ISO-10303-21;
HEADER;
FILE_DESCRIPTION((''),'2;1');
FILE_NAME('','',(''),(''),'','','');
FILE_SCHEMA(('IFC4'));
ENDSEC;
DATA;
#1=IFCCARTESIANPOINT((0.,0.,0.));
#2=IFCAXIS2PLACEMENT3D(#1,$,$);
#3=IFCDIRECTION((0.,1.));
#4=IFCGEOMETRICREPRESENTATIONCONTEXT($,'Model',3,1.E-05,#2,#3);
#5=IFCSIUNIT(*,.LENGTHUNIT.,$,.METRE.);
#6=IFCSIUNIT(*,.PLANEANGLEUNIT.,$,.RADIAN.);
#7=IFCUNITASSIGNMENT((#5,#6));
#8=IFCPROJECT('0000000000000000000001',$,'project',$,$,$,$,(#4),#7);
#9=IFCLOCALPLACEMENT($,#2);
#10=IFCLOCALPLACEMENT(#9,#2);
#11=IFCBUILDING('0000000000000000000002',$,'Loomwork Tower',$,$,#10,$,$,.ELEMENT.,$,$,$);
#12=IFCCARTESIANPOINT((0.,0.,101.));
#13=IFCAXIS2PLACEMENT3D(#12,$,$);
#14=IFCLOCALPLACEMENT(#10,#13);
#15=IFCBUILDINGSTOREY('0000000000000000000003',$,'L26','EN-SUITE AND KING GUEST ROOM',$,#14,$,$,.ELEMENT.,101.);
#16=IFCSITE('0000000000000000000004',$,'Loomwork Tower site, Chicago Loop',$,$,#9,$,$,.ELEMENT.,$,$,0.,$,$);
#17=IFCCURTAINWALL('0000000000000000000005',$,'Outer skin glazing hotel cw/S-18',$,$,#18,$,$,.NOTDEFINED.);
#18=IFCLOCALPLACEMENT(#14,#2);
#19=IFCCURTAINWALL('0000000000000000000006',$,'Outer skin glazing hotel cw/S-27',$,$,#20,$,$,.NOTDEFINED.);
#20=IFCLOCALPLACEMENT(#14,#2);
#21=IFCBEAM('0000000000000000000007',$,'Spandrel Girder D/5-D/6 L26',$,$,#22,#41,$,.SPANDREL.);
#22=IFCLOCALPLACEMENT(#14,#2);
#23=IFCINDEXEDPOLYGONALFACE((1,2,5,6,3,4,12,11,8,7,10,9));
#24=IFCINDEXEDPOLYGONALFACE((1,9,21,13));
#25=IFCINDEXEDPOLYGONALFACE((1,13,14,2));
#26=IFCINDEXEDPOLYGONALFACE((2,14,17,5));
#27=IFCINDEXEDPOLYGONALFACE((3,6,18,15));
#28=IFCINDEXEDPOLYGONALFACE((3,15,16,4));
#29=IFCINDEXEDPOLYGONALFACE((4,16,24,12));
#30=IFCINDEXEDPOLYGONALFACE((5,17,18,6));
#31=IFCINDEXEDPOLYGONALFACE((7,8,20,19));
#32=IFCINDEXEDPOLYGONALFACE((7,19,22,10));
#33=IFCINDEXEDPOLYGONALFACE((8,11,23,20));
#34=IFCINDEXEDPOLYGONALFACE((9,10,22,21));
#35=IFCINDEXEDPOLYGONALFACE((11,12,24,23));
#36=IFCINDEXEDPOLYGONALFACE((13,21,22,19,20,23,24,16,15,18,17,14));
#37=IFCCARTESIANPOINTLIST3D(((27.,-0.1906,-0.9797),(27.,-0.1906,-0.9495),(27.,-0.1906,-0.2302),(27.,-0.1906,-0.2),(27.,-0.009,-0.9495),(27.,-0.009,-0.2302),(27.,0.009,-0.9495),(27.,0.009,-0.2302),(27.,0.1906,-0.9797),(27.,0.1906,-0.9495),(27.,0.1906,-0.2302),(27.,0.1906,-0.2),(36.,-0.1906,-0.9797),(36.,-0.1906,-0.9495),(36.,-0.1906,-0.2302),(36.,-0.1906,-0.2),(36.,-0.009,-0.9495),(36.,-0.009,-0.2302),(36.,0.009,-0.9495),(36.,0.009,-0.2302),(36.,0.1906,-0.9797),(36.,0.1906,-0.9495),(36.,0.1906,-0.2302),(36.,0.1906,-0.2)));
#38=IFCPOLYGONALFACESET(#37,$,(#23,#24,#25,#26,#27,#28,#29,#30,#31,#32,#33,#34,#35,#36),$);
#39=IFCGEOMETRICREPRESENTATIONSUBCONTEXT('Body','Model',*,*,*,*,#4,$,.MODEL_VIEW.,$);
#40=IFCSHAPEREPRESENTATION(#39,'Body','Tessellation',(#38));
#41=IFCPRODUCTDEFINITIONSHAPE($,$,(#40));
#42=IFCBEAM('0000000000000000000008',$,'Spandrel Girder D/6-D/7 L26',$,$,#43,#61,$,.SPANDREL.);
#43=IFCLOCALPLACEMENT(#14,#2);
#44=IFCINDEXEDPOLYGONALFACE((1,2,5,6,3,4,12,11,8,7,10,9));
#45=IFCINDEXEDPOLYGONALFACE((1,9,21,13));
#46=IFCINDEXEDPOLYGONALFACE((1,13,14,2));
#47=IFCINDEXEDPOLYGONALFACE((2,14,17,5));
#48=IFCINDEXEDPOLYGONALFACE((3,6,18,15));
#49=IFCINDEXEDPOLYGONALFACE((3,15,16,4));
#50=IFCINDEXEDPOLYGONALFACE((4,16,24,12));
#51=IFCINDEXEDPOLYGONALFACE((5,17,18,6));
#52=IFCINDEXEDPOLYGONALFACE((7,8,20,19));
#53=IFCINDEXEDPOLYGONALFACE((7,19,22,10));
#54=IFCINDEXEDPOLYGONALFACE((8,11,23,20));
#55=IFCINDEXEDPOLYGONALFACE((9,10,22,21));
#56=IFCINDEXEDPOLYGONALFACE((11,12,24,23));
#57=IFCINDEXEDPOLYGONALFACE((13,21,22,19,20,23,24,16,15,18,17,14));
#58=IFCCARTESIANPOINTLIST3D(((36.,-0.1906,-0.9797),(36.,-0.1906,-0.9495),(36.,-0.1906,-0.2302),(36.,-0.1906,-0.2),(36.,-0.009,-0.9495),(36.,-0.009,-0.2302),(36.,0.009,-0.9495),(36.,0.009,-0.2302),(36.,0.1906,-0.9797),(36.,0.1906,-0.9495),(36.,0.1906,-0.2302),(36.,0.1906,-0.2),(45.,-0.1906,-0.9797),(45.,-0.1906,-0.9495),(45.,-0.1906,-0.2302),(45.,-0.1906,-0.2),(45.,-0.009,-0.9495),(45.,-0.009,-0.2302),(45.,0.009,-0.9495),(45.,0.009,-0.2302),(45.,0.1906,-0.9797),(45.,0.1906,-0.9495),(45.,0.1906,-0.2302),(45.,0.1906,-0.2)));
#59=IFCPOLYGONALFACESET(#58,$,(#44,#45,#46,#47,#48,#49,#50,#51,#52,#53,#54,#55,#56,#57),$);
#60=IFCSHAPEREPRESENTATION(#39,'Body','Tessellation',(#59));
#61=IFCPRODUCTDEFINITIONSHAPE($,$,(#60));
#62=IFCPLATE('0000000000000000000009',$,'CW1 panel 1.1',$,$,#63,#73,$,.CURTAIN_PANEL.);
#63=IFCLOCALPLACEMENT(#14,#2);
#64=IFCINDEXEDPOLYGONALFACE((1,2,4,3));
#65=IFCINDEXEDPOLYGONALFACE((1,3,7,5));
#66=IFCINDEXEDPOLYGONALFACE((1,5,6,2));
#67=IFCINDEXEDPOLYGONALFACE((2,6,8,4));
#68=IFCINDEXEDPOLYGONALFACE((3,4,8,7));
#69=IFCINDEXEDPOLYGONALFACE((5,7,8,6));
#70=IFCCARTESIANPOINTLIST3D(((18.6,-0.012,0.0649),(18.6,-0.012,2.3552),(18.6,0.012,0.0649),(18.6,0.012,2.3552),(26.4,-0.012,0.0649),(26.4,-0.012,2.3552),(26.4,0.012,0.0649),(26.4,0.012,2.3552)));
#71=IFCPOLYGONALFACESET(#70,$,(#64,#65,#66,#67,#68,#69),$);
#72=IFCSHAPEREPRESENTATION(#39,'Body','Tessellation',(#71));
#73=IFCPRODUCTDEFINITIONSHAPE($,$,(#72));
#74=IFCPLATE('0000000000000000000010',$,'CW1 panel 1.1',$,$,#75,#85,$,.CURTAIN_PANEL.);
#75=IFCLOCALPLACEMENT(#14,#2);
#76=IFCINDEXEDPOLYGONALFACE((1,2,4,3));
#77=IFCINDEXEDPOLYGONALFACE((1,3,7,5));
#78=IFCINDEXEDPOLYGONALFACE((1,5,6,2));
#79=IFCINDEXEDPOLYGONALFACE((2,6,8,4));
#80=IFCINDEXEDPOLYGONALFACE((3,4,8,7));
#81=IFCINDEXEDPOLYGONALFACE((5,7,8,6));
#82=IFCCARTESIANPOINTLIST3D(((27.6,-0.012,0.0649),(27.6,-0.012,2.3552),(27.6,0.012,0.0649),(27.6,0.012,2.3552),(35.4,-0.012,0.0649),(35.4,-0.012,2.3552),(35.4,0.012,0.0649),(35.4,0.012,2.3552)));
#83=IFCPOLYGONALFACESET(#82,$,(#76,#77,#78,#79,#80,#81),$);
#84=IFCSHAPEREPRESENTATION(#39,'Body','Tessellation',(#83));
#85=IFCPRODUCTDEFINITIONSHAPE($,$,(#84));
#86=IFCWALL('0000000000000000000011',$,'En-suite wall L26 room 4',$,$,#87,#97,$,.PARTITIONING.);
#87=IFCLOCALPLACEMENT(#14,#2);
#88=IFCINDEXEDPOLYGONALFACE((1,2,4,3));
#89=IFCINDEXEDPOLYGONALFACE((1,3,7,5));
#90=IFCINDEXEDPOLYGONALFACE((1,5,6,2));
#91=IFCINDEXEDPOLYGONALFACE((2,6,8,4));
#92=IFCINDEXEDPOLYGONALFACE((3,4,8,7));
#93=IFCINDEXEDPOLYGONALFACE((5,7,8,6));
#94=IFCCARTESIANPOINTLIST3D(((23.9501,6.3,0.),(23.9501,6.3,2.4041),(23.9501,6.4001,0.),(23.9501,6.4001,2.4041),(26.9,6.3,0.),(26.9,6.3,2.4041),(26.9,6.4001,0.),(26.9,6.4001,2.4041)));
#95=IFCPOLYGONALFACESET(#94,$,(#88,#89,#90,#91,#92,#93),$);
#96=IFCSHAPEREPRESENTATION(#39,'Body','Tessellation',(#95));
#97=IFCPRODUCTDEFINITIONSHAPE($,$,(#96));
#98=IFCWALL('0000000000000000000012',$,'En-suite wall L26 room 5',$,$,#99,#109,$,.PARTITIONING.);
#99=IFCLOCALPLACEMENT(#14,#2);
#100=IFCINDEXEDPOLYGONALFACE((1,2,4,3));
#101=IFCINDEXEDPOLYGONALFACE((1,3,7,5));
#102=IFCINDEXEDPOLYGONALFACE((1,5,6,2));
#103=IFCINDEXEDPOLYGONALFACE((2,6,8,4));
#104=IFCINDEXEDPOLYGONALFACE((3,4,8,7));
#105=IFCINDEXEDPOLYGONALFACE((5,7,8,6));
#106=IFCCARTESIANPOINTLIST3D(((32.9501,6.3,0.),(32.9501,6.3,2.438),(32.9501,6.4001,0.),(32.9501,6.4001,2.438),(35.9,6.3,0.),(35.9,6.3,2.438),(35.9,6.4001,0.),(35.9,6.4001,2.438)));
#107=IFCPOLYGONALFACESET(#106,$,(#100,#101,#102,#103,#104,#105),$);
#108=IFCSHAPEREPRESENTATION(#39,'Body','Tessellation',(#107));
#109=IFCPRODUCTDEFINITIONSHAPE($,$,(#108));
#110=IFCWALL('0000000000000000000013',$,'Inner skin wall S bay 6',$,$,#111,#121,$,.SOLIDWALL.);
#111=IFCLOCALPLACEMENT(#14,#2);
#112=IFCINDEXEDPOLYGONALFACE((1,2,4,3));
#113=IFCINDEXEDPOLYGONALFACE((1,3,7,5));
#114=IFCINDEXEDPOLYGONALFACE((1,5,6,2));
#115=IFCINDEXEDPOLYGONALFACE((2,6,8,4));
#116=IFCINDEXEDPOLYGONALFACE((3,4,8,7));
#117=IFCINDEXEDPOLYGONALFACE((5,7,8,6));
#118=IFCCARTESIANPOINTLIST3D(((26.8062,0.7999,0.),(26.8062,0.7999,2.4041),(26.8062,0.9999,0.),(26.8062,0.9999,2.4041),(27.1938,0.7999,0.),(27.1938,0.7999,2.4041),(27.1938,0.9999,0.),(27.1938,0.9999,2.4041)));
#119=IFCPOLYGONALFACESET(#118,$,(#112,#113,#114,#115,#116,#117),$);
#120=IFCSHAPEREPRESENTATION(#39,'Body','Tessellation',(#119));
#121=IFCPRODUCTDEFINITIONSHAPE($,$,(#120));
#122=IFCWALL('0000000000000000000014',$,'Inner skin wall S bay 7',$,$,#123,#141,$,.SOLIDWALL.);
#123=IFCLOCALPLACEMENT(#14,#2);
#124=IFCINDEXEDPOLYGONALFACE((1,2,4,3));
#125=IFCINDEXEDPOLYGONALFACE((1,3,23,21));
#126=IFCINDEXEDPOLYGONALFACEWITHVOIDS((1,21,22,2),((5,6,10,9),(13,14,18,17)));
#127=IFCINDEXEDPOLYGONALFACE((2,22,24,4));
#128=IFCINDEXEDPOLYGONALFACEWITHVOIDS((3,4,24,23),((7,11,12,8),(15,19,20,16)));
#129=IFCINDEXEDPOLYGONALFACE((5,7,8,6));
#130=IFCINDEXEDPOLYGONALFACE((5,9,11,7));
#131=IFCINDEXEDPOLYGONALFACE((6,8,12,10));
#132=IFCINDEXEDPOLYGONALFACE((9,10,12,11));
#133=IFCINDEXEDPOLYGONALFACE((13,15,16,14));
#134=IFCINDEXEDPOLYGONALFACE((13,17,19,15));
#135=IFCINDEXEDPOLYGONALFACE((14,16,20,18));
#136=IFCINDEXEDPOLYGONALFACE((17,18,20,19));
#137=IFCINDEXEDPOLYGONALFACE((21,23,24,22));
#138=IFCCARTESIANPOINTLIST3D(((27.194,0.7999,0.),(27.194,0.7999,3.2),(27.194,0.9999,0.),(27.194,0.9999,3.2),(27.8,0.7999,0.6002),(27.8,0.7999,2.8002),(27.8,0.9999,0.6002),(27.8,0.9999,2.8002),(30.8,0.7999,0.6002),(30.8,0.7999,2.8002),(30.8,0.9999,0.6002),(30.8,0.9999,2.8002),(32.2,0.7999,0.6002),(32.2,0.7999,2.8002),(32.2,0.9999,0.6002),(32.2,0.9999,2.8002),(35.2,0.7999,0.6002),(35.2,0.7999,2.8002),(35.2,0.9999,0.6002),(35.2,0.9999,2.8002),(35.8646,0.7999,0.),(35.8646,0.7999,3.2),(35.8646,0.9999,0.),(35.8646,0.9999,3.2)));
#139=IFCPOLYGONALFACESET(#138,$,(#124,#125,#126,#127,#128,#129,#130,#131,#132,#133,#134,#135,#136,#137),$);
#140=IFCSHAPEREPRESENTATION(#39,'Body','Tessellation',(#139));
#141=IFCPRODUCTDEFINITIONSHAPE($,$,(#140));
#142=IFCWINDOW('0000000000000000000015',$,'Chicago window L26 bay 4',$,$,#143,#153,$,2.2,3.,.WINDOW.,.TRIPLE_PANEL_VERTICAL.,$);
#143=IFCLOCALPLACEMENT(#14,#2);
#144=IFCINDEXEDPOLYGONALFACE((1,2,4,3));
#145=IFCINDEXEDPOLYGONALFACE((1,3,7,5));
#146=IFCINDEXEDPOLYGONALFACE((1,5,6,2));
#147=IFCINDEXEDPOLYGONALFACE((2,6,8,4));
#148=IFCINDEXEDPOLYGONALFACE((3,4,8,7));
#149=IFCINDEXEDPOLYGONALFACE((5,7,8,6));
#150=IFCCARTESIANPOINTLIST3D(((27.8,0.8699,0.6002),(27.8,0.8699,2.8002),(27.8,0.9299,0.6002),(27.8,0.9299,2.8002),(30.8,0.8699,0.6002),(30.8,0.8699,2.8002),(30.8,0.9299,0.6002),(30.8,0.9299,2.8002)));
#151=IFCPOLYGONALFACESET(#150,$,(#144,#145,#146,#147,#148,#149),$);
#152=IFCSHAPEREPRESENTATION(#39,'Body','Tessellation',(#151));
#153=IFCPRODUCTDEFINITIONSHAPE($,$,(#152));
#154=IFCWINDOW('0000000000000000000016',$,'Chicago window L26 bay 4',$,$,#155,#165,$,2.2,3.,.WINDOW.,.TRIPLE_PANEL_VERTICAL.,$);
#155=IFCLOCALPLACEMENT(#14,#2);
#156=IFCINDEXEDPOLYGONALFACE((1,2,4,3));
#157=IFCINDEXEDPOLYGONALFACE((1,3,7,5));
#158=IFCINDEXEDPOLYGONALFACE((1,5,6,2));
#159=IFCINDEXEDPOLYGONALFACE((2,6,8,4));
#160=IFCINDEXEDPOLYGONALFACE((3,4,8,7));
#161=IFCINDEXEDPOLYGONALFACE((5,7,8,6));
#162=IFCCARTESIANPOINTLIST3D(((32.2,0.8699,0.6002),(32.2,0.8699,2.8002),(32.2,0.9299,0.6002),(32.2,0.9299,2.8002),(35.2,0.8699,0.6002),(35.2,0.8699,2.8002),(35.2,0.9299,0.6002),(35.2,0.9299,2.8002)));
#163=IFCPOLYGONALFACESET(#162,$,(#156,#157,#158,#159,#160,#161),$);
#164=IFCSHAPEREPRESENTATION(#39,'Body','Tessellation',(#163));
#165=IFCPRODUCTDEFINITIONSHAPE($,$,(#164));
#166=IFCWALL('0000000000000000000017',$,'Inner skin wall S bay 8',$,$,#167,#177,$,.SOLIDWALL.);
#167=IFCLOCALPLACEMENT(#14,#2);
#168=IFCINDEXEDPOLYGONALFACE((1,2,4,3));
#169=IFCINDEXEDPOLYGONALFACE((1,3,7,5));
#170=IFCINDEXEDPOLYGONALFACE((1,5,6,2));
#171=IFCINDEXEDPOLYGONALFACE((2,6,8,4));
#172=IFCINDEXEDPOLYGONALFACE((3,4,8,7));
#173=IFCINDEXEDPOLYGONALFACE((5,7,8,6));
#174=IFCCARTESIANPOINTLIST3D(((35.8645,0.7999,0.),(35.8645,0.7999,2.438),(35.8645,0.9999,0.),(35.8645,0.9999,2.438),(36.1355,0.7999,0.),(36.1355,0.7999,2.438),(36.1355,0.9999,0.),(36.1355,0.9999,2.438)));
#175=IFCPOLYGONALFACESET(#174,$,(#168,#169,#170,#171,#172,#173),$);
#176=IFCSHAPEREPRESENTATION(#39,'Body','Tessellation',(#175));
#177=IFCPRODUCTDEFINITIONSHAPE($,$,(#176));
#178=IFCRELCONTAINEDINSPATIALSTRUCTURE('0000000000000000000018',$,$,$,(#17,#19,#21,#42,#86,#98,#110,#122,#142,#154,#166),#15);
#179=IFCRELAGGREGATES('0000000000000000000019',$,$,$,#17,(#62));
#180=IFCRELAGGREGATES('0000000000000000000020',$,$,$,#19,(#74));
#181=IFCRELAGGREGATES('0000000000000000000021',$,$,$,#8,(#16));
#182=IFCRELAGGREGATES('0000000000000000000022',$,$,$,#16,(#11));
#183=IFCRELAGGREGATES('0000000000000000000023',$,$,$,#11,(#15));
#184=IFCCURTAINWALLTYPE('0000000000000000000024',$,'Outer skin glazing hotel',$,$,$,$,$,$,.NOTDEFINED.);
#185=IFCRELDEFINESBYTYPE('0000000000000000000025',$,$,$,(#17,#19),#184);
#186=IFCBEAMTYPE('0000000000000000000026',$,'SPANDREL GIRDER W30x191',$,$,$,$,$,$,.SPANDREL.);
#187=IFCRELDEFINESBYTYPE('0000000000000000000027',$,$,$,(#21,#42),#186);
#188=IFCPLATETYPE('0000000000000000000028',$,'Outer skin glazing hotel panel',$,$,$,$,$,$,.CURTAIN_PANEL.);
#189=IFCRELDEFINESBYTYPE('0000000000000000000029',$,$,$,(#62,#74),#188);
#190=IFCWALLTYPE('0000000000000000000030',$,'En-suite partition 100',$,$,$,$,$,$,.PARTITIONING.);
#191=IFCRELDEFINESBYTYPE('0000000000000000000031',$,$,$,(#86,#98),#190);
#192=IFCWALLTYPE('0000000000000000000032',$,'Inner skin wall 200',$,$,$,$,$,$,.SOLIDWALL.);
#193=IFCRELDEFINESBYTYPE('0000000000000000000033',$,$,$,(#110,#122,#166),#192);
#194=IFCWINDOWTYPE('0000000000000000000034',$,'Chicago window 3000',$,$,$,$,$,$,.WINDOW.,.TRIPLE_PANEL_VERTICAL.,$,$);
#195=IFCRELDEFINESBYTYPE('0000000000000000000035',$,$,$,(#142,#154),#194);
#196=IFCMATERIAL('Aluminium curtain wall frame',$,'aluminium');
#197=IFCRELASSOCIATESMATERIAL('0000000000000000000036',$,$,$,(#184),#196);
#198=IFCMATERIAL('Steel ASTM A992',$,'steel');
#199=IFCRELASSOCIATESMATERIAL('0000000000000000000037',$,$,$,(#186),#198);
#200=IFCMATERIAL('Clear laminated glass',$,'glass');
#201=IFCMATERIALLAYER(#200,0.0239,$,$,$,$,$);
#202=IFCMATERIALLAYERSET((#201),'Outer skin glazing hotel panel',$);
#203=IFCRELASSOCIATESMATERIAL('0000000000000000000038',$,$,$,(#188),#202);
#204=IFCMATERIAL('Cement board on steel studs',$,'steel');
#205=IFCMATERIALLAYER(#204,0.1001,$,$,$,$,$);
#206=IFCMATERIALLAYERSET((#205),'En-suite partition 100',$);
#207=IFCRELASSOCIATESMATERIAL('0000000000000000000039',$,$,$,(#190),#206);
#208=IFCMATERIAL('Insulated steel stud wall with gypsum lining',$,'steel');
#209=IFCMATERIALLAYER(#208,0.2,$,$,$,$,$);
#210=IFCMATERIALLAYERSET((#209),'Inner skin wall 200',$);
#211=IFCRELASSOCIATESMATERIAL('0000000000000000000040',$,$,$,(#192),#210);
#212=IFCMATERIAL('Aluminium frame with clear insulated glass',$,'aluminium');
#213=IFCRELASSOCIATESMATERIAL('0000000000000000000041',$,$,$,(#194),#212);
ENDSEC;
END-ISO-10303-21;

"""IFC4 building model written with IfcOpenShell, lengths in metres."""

from ifc_helpers import new_model, si_unit, direction, frame, frame_2d, origin, origin_2d, place, context, subcontext, project, spatial, rectangle, i_section, extrude, material, layer, layer_set, material_profile, profile_set, type_object, element, fill, aggregate, save


model = new_model("IFC4")

# Units and contexts
model_context = context("Model", 3, precision=1e-05, world=origin(), true_north=direction((0.0, 1.0)))
body_context = subcontext(model_context, "Body", "Model", "MODEL_VIEW")
ifc_project = project(units=[si_unit("LENGTHUNIT", "METRE"), si_unit("PLANEANGLEUNIT", "RADIAN")], contexts=[model_context])

# Site, building, storey
site_placement = place(None, origin())
site = spatial("IfcSite", under=ifc_project, at=site_placement, Name="Loomwork Tower site, Chicago Loop", CompositionType="ELEMENT", RefElevation=0.0)
building_placement = place(site_placement, origin())
building = spatial("IfcBuilding", under=site, at=building_placement, Name="Loomwork Tower", CompositionType="ELEMENT")
storey_placement = place(building_placement, frame((0.0, 0.0, 101.0)))
storey = spatial("IfcBuildingStorey", under=building, at=storey_placement, Name="L26", Description="EN-SUITE AND KING GUEST ROOM", CompositionType="ELEMENT", Elevation=101.0)

# Curtain wall
ifc_material_1 = material(Name="Aluminium curtain wall frame", Category="aluminium")
curtain_wall_type = type_object("IfcCurtainWallType", Name="Outer skin glazing hotel", PredefinedType="NOTDEFINED", material=ifc_material_1)
curtain_wall_1_placement = place(storey_placement, origin())
curtain_wall_1 = element("IfcCurtainWall", 1, at=curtain_wall_1_placement, inside=storey, type_object=curtain_wall_type, Name="Outer skin glazing hotel cw/S-18", PredefinedType="NOTDEFINED")

# Curtain wall
curtain_wall_2_placement = place(storey_placement, origin())
curtain_wall_2 = element("IfcCurtainWall", 2, at=curtain_wall_2_placement, inside=storey, type_object=curtain_wall_type, Name="Outer skin glazing hotel cw/S-27", PredefinedType="NOTDEFINED")

# Beams
ifc_material_2 = material(Name="Steel ASTM A992", Category="steel")
ifc_material_profile_1 = material_profile(ifc_material_2, i_section(OverallWidth=0.3811, OverallDepth=0.7798, WebThickness=0.0181, FlangeThickness=0.0303, at=origin_2d()), Name="W30x191")
ifc_profile_set_1 = profile_set([ifc_material_profile_1], Name="Steel ASTM A992")
beam_type_1 = type_object("IfcBeamType", Name="SPANDREL GIRDER W30x191", PredefinedType="SPANDREL", material=ifc_profile_set_1)
for number, where, z_axis, x_axis, name in (
    (3, (27.0, 0.0, -0.5898), (1.0, 0.0, 0.0), (0.0, 1.0, 0.0), "Spandrel Girder D/5-D/6 L26"),
    (4, (36.0, 0.0, -0.5898), (1.0, 0.0, 0.0), (0.0, 1.0, 0.0), "Spandrel Girder D/6-D/7 L26"),
):
    element("IfcBeam", number, at=place(storey_placement, frame(where, z_axis=z_axis, x_axis=x_axis)), inside=storey, type_object=beam_type_1, Name=name, PredefinedType="SPANDREL", context=body_context, shape_type="SweptSolid", body=[
        extrude(i_section(OverallWidth=0.3811, OverallDepth=0.7798, WebThickness=0.0181, FlangeThickness=0.0303, at=origin_2d()), origin(), (0.0, 0.0, 1.0), 9.0),
    ])

# Plates
ifc_material_3 = material(Name="Clear laminated glass", Category="glass")
ifc_layer_1 = layer(ifc_material_3, 0.0239)
ifc_layer_set_1 = layer_set([ifc_layer_1], Name="Outer skin glazing hotel panel")
plate_type = type_object("IfcPlateType", Name="Outer skin glazing hotel panel", PredefinedType="CURTAIN_PANEL", material=ifc_layer_set_1)
plate_1_placement = place(storey_placement, frame((22.5, 0.0, 0.0649), z_axis=(0.0, 0.0, 1.0), x_axis=(1.0, 0.0, 0.0)))
plate_1 = element("IfcPlate", 5, at=plate_1_placement, type_object=plate_type, Name="CW1 panel 1.1", PredefinedType="CURTAIN_PANEL", context=body_context, shape_type="SweptSolid", body=[
    extrude(rectangle(XDim=7.8, YDim=0.0239, at=origin_2d()), origin(), (0.0, 0.0, 1.0), 2.2903),
])
aggregate(curtain_wall_1, [plate_1])
plate_2_placement = place(storey_placement, frame((31.5, 0.0, 0.0649), z_axis=(0.0, 0.0, 1.0), x_axis=(1.0, 0.0, 0.0)))
plate_2 = element("IfcPlate", 6, at=plate_2_placement, type_object=plate_type, Name="CW1 panel 1.1", PredefinedType="CURTAIN_PANEL", context=body_context, shape_type="SweptSolid", body=[
    extrude(rectangle(XDim=7.8, YDim=0.0239, at=origin_2d()), origin(), (0.0, 0.0, 1.0), 2.2903),
])
aggregate(curtain_wall_2, [plate_2])

# Walls
ifc_material_4 = material(Name="Cement board on steel studs", Category="steel")
ifc_layer_2 = layer(ifc_material_4, 0.1001)
ifc_layer_set_2 = layer_set([ifc_layer_2], Name="En-suite partition 100")
wall_type_1 = type_object("IfcWallType", Name="En-suite partition 100", PredefinedType="PARTITIONING", material=ifc_layer_set_2)
wall_1_placement = place(storey_placement, frame((23.95, 6.3501, 0.0), z_axis=(0.0, 0.0, 1.0), x_axis=(1.0, 0.0, 0.0)))
element("IfcWall", 7, at=wall_1_placement, inside=storey, type_object=wall_type_1, Name="En-suite wall L26 room 4", PredefinedType="PARTITIONING", context=body_context, shape_type="SweptSolid", body=[
    extrude(rectangle(XDim=2.95, YDim=0.1001, at=frame_2d((1.4751, 0.0))), origin(), (0.0, 0.0, 1.0), 2.4041),
])
wall_2_placement = place(storey_placement, frame((32.95, 6.3501, 0.0), z_axis=(0.0, 0.0, 1.0), x_axis=(1.0, 0.0, 0.0)))
element("IfcWall", 8, at=wall_2_placement, inside=storey, type_object=wall_type_1, Name="En-suite wall L26 room 5", PredefinedType="PARTITIONING", context=body_context, shape_type="SweptSolid", body=[
    extrude(rectangle(XDim=2.95, YDim=0.1001, at=frame_2d((1.4751, 0.0))), origin(), (0.0, 0.0, 1.0), 2.438),
])
ifc_material_5 = material(Name="Insulated steel stud wall with gypsum lining", Category="steel")
ifc_layer_3 = layer(ifc_material_5, 0.2)
ifc_layer_set_3 = layer_set([ifc_layer_3], Name="Inner skin wall 200")
wall_type_2 = type_object("IfcWallType", Name="Inner skin wall 200", PredefinedType="SOLIDWALL", material=ifc_layer_set_3)
wall_3_placement = place(storey_placement, frame((26.8062, 0.8999, 0.0), z_axis=(0.0, 0.0, 1.0), x_axis=(1.0, 0.0, 0.0)))
element("IfcWall", 9, at=wall_3_placement, inside=storey, type_object=wall_type_2, Name="Inner skin wall S bay 6", PredefinedType="SOLIDWALL", context=body_context, shape_type="SweptSolid", body=[
    extrude(rectangle(XDim=0.3877, YDim=0.2, at=frame_2d((0.1938, 0.0))), origin(), (0.0, 0.0, 1.0), 2.4041),
])

# Wall, openings, windows
wall_4_placement = place(storey_placement, frame((27.1938, 0.8999, 0.0), z_axis=(0.0, 0.0, 1.0), x_axis=(1.0, 0.0, 0.0)))
wall_4 = element("IfcWall", 10, at=wall_4_placement, inside=storey, type_object=wall_type_2, Name="Inner skin wall S bay 7", PredefinedType="SOLIDWALL", context=body_context, shape_type="SweptSolid", body=[
    extrude(rectangle(XDim=8.6707, YDim=0.2, at=frame_2d((4.3354, 0.0))), origin(), (0.0, 0.0, 1.0), 3.2),
])
opening_1_placement = place(wall_4_placement, frame((0.6062, 0.0, 0.6001)))
opening_1 = element("IfcOpeningElement", 11, at=opening_1_placement, cuts=wall_4, PredefinedType="OPENING", context=body_context, shape_type="SweptSolid", body=[
    extrude(rectangle(XDim=3.0, YDim=2.2, at=frame_2d((1.5, 1.1001))), frame((0.0, 0.1099, 0.0), z_axis=(0.0, -1.0, 0.0), x_axis=(1.0, 0.0, 0.0)), (0.0, 0.0, 1.0), 0.22),
])
opening_2_placement = place(wall_4_placement, frame((5.0061, 0.0, 0.6001)))
opening_2 = element("IfcOpeningElement", 12, at=opening_2_placement, cuts=wall_4, PredefinedType="OPENING", context=body_context, shape_type="SweptSolid", body=[
    extrude(rectangle(XDim=3.0, YDim=2.2, at=frame_2d((1.5, 1.1001))), frame((0.0, 0.1099, 0.0), z_axis=(0.0, -1.0, 0.0), x_axis=(1.0, 0.0, 0.0)), (0.0, 0.0, 1.0), 0.22),
])
ifc_material_6 = material(Name="Aluminium frame with clear insulated glass", Category="aluminium")
window_type = type_object("IfcWindowType", Name="Chicago window 3000", PartitioningType="TRIPLE_PANEL_VERTICAL", PredefinedType="WINDOW", material=ifc_material_6)
window_1_placement = place(opening_1_placement, origin())
window_1 = element("IfcWindow", 13, at=window_1_placement, inside=storey, type_object=window_type, Name="Chicago window L26 bay 4", OverallHeight=2.2, OverallWidth=3.0, PartitioningType="TRIPLE_PANEL_VERTICAL", PredefinedType="WINDOW", context=body_context, shape_type="SweptSolid", body=[
    extrude(rectangle(XDim=3.0, YDim=2.2, at=frame_2d((1.5, 1.1001))), frame((0.0, 0.03, 0.0), z_axis=(0.0, -1.0, 0.0), x_axis=(1.0, 0.0, 0.0)), (0.0, 0.0, 1.0), 0.0601),
])
fill(opening_1, window_1)
window_2_placement = place(opening_2_placement, origin())
window_2 = element("IfcWindow", 14, at=window_2_placement, inside=storey, type_object=window_type, Name="Chicago window L26 bay 4", OverallHeight=2.2, OverallWidth=3.0, PartitioningType="TRIPLE_PANEL_VERTICAL", PredefinedType="WINDOW", context=body_context, shape_type="SweptSolid", body=[
    extrude(rectangle(XDim=3.0, YDim=2.2, at=frame_2d((1.5, 1.1001))), frame((0.0, 0.03, 0.0), z_axis=(0.0, -1.0, 0.0), x_axis=(1.0, 0.0, 0.0)), (0.0, 0.0, 1.0), 0.0601),
])
fill(opening_2, window_2)

# Wall
wall_5_placement = place(storey_placement, frame((35.8645, 0.8999, 0.0), z_axis=(0.0, 0.0, 1.0), x_axis=(1.0, 0.0, 0.0)))
element("IfcWall", 15, at=wall_5_placement, inside=storey, type_object=wall_type_2, Name="Inner skin wall S bay 8", PredefinedType="SOLIDWALL", context=body_context, shape_type="SweptSolid", body=[
    extrude(rectangle(XDim=0.271, YDim=0.2, at=frame_2d((0.1355, 0.0))), origin(), (0.0, 0.0, 1.0), 2.438),
])

save(model, "model.ifc")
